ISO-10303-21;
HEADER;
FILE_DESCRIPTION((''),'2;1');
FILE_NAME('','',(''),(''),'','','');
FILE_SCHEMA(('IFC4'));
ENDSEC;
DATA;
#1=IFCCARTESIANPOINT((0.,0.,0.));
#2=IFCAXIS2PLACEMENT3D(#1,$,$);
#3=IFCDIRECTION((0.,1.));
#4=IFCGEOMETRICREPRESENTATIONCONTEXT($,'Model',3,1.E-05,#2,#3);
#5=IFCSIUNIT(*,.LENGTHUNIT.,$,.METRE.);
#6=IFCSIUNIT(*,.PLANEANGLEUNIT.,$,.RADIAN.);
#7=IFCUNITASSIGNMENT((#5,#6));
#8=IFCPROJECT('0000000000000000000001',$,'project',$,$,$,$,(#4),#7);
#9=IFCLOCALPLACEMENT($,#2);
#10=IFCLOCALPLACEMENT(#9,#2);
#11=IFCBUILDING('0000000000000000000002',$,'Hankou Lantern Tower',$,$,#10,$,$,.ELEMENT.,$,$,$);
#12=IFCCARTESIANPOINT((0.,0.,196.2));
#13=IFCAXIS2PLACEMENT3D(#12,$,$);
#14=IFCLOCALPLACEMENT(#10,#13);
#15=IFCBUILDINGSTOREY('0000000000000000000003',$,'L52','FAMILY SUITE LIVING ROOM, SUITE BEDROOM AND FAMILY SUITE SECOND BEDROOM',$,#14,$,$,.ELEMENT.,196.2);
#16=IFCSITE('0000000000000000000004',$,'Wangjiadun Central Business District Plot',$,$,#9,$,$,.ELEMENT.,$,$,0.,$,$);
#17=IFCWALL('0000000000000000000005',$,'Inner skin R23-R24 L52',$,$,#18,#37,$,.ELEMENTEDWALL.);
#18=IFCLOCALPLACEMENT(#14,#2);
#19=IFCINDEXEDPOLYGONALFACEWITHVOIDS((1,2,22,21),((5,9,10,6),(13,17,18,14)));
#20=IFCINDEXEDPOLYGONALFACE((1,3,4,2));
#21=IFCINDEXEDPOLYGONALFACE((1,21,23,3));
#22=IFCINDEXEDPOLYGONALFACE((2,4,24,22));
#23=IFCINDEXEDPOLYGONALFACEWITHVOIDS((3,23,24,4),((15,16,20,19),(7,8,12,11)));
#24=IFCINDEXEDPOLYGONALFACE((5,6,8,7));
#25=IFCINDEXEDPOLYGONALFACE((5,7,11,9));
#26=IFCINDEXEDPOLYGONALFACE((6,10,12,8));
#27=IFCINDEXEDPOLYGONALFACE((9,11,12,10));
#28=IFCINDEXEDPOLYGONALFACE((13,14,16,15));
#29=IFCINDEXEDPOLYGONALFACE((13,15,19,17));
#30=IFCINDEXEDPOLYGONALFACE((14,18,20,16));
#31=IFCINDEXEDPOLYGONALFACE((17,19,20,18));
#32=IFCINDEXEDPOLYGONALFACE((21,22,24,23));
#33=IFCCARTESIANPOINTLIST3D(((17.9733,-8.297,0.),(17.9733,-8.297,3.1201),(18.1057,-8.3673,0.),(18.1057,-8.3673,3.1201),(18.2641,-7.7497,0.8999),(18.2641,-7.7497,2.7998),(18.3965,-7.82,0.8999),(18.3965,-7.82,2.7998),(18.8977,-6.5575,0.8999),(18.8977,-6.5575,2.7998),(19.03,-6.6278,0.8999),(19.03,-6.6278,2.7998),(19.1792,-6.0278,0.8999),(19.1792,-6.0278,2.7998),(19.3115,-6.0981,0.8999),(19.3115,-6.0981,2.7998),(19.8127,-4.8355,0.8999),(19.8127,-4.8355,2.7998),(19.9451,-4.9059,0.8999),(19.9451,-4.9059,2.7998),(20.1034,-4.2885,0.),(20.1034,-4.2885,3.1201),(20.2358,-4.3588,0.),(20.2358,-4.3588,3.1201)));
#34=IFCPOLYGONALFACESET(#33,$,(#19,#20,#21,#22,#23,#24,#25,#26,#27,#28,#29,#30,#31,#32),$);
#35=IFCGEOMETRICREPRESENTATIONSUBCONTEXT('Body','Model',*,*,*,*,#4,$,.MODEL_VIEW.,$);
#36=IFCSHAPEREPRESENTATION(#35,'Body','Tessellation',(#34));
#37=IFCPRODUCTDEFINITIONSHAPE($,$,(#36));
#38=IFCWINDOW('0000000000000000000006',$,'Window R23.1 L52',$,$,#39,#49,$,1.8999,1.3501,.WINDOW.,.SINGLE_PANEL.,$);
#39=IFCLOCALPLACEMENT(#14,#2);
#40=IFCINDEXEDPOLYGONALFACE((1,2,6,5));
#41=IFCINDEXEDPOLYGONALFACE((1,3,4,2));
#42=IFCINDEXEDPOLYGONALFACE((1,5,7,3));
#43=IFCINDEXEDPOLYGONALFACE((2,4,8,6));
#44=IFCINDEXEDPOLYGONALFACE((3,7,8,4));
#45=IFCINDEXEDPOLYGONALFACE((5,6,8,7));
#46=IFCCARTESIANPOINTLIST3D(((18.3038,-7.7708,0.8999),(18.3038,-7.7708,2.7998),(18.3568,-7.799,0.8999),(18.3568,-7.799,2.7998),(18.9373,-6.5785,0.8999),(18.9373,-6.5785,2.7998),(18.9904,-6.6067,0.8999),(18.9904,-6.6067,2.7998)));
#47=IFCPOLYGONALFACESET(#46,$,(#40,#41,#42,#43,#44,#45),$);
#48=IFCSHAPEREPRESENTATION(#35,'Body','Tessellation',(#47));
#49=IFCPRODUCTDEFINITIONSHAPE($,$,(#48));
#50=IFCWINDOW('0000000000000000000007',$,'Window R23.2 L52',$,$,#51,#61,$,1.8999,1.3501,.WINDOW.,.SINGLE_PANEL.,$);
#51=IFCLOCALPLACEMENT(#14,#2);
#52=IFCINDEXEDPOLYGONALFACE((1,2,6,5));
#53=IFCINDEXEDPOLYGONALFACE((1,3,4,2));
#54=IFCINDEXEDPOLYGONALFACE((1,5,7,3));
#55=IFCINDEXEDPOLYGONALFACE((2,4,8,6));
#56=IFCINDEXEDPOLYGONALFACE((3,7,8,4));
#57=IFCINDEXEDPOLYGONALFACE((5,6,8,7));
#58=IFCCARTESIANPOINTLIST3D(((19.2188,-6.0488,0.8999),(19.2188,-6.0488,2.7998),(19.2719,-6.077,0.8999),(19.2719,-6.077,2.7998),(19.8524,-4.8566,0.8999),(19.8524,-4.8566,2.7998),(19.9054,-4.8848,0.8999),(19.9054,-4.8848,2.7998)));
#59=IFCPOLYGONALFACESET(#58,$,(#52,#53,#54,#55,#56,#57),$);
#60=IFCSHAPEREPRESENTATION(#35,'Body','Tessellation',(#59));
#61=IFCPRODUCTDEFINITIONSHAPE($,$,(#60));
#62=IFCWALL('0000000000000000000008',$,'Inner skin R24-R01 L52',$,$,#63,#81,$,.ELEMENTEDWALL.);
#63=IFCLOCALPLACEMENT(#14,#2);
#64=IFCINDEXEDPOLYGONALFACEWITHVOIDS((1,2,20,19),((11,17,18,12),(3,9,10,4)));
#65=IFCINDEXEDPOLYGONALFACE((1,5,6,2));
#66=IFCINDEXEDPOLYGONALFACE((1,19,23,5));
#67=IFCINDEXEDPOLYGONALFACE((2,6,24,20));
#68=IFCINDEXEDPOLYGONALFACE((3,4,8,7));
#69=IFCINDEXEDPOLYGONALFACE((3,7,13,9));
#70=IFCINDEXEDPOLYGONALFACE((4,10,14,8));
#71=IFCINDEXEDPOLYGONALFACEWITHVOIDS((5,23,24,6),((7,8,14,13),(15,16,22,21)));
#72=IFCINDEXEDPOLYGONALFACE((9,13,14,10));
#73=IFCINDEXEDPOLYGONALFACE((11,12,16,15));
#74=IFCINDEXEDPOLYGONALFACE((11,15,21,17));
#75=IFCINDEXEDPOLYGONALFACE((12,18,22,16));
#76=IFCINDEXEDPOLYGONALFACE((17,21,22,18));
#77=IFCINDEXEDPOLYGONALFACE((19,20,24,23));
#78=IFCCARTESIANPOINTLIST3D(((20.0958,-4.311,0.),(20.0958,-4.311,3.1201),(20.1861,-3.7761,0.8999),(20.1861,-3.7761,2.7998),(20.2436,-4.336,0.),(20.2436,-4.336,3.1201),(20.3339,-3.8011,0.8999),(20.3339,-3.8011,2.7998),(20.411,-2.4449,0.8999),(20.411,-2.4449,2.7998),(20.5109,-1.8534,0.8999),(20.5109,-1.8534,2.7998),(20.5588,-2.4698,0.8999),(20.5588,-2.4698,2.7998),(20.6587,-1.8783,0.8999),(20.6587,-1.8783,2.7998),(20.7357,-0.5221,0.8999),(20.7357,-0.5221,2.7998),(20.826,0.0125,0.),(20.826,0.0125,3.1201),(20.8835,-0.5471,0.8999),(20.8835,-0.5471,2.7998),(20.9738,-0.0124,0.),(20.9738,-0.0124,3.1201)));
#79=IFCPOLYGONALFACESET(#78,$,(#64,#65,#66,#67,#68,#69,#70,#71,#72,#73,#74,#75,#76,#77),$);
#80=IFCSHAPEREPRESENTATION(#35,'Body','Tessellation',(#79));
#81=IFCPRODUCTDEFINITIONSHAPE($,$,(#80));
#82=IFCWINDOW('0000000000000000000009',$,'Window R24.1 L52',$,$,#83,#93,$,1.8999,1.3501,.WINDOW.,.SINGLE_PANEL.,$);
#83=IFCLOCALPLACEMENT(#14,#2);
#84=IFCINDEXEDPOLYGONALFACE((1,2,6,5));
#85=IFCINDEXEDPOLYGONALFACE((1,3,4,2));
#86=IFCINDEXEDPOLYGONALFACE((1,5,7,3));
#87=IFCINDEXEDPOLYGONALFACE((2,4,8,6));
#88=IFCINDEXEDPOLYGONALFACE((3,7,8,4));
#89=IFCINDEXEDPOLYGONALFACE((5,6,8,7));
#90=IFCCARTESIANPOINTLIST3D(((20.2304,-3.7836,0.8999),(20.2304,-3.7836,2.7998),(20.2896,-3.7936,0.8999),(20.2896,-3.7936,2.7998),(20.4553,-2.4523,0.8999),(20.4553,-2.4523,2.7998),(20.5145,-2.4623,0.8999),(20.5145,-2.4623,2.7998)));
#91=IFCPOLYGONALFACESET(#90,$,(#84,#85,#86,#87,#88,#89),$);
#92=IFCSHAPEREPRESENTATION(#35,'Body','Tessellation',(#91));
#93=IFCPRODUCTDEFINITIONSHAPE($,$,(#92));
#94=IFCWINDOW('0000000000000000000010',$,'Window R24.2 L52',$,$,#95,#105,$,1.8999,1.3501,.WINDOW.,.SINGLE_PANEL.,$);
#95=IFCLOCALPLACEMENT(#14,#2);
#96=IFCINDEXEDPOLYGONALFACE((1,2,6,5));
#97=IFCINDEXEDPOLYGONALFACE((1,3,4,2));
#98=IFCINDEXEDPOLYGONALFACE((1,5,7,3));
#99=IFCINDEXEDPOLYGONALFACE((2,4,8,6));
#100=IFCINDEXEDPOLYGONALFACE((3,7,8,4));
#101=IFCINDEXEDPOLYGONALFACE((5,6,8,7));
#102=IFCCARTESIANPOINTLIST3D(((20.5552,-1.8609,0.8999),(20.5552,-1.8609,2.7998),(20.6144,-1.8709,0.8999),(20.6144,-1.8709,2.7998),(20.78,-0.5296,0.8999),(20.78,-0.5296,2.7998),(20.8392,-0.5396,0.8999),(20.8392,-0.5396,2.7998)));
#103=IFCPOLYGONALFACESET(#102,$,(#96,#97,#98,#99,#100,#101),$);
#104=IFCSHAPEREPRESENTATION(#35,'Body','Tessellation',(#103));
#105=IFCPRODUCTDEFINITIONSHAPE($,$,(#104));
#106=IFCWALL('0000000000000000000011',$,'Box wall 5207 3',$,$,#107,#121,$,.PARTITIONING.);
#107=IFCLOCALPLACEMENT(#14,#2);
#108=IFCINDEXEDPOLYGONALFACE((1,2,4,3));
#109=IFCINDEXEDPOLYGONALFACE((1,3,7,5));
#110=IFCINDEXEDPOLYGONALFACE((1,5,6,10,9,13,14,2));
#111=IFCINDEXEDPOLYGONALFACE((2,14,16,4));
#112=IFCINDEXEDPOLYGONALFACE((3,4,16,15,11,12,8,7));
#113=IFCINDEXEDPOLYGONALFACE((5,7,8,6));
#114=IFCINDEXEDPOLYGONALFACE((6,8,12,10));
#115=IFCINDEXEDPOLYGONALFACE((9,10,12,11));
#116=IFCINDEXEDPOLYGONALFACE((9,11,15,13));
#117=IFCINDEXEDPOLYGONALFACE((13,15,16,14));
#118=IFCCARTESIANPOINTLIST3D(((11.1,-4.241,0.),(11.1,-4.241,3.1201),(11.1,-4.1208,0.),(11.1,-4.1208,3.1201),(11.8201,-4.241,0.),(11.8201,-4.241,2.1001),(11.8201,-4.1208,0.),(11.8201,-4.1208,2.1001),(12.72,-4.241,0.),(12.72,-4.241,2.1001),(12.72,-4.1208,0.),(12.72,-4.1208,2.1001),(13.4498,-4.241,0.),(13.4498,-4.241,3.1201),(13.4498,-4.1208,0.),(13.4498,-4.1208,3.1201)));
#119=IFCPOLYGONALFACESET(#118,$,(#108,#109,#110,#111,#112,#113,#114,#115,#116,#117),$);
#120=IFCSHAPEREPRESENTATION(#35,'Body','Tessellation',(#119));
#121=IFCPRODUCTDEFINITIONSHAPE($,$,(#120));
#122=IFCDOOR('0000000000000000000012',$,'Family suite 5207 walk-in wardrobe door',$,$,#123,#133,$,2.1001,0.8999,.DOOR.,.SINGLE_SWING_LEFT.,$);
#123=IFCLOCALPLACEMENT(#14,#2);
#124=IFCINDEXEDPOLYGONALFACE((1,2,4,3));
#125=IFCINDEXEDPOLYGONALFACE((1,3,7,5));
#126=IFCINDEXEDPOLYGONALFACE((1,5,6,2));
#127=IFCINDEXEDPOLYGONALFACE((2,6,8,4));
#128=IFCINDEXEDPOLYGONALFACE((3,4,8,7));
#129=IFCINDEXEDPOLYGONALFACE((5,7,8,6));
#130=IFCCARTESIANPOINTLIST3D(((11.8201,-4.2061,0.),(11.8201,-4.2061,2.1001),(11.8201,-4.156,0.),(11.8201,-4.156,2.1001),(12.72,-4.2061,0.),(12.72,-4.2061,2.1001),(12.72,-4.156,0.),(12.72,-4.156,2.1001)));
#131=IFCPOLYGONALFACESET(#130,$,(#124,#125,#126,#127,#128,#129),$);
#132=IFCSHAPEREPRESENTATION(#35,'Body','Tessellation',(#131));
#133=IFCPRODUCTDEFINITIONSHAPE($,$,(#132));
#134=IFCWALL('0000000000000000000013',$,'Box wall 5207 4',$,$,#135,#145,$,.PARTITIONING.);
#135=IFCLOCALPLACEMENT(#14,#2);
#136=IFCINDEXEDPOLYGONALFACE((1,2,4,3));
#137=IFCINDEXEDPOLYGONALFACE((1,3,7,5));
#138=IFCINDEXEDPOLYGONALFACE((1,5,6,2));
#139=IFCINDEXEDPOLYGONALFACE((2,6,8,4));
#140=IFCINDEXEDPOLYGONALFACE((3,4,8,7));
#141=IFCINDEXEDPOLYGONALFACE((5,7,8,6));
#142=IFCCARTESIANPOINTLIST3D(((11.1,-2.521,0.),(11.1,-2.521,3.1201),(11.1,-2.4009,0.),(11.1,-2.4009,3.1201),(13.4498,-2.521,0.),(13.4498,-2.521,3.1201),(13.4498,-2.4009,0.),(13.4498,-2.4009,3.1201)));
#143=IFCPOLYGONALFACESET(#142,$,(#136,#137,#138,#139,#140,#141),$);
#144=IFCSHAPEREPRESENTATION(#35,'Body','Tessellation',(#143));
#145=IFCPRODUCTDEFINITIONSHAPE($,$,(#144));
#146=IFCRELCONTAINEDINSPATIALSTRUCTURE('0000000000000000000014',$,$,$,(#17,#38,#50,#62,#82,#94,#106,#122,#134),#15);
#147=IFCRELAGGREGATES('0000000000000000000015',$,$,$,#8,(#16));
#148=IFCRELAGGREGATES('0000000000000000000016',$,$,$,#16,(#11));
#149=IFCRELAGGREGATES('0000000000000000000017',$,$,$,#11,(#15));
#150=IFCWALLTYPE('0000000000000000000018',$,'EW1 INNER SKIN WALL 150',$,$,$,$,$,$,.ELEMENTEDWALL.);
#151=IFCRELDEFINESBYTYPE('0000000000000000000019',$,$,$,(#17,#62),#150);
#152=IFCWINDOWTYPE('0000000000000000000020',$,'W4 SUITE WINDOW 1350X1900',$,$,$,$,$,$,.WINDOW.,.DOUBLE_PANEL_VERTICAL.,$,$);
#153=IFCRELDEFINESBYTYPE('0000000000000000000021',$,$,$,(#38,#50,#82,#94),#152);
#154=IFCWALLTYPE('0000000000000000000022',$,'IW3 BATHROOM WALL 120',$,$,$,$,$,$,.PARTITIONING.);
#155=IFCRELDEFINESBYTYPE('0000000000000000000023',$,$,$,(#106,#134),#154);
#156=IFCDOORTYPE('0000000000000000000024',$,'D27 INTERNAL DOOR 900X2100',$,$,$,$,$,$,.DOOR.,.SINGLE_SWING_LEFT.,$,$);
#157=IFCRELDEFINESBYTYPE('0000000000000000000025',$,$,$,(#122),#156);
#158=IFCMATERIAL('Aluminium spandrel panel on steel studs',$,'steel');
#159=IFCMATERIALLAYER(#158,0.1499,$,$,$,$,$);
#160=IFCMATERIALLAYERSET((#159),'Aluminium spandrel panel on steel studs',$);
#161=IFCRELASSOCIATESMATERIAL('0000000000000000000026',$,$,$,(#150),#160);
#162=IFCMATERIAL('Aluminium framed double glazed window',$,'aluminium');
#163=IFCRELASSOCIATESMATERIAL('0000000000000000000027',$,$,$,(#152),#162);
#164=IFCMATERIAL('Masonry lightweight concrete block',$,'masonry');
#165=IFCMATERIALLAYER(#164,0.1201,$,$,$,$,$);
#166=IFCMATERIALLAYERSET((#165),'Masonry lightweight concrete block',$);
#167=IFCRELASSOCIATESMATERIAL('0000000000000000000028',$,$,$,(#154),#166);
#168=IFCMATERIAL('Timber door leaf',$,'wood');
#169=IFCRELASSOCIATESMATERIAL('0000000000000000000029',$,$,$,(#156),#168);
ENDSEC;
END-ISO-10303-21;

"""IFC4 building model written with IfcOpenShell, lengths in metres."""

from ifc_helpers import new_model, si_unit, direction, frame, frame_2d, origin, place, context, subcontext, project, spatial, rectangle, extrude, material, layer, layer_set, type_object, element, fill, save


model = new_model("IFC4")

# Units and contexts
model_context = context("Model", 3, precision=1e-05, world=origin(), true_north=direction((0.0, 1.0)))
body_context = subcontext(model_context, "Body", "Model", "MODEL_VIEW")
ifc_project = project(units=[si_unit("LENGTHUNIT", "METRE"), si_unit("PLANEANGLEUNIT", "RADIAN")], contexts=[model_context])

# Site, building, storey
site_placement = place(None, origin())
site = spatial("IfcSite", under=ifc_project, at=site_placement, Name="Wangjiadun Central Business District Plot", CompositionType="ELEMENT", RefElevation=0.0)
building_placement = place(site_placement, origin())
building = spatial("IfcBuilding", under=site, at=building_placement, Name="Hankou Lantern Tower", CompositionType="ELEMENT")
storey_placement = place(building_placement, frame((0.0, 0.0, 196.2)))
storey = spatial("IfcBuildingStorey", under=building, at=storey_placement, Name="L52", Description="FAMILY SUITE LIVING ROOM, SUITE BEDROOM AND FAMILY SUITE SECOND BEDROOM", CompositionType="ELEMENT", Elevation=196.2)

# Walls, openings, windows
ifc_material_1 = material(Name="Aluminium spandrel panel on steel studs", Category="steel")
ifc_layer_1 = layer(ifc_material_1, 0.1499)
ifc_layer_set_1 = layer_set([ifc_layer_1], Name="Aluminium spandrel panel on steel studs")
wall_type_1 = type_object("IfcWallType", Name="EW1 INNER SKIN WALL 150", PredefinedType="ELEMENTEDWALL", material=ifc_layer_set_1)
wall_1_placement = place(storey_placement, frame((18.0396, -8.332, 0.0), z_axis=(0.0, 0.0, 1.0), x_axis=(0.469256, 0.883062, 0.0)))
wall_1 = element("IfcWall", 1, at=wall_1_placement, inside=storey, type_object=wall_type_1, Name="Inner skin R23-R24 L52", PredefinedType="ELEMENTEDWALL", context=body_context, shape_type="SweptSolid", body=[
    extrude(rectangle(XDim=4.5393, YDim=0.1499, at=frame_2d((2.2695, 0.0))), origin(), (0.0, 0.0, 1.0), 3.1201),
])
opening_1_placement = place(wall_1_placement, frame((0.6196, 0.0, 0.8999)))
opening_1 = element("IfcOpeningElement", 2, at=opening_1_placement, cuts=wall_1, PredefinedType="OPENING", context=body_context, shape_type="SweptSolid", body=[
    extrude(rectangle(XDim=1.3501, YDim=1.8999, at=frame_2d((0.675, 0.95))), frame((0.0, 0.085, 0.0), z_axis=(0.0, -1.0, 0.0), x_axis=(1.0, 0.0, 0.0)), (0.0, 0.0, 1.0), 0.1699),
])
opening_2_placement = place(wall_1_placement, frame((2.5696, 0.0, 0.8999)))
opening_2 = element("IfcOpeningElement", 3, at=opening_2_placement, cuts=wall_1, PredefinedType="OPENING", context=body_context, shape_type="SweptSolid", body=[
    extrude(rectangle(XDim=1.3501, YDim=1.8999, at=frame_2d((0.675, 0.95))), frame((0.0, 0.085, 0.0), z_axis=(0.0, -1.0, 0.0), x_axis=(1.0, 0.0, 0.0)), (0.0, 0.0, 1.0), 0.1699),
])
ifc_material_2 = material(Name="Aluminium framed double glazed window", Category="aluminium")
window_type = type_object("IfcWindowType", Name="W4 SUITE WINDOW 1350X1900", PartitioningType="DOUBLE_PANEL_VERTICAL", PredefinedType="WINDOW", material=ifc_material_2)
window_1_placement = place(opening_1_placement, origin())
window_1 = element("IfcWindow", 4, at=window_1_placement, inside=storey, type_object=window_type, Name="Window R23.1 L52", OverallHeight=1.8999, OverallWidth=1.3501, PartitioningType="SINGLE_PANEL", PredefinedType="WINDOW", context=body_context, shape_type="SweptSolid", body=[
    extrude(rectangle(XDim=1.3501, YDim=1.8999, at=frame_2d((0.675, 0.95))), frame((0.0, 0.03, 0.0), z_axis=(0.0, -1.0, 0.0), x_axis=(1.0, 0.0, 0.0)), (0.0, 0.0, 1.0), 0.0601),
])
fill(opening_1, window_1)
window_2_placement = place(opening_2_placement, origin())
window_2 = element("IfcWindow", 5, at=window_2_placement, inside=storey, type_object=window_type, Name="Window R23.2 L52", OverallHeight=1.8999, OverallWidth=1.3501, PartitioningType="SINGLE_PANEL", PredefinedType="WINDOW", context=body_context, shape_type="SweptSolid", body=[
    extrude(rectangle(XDim=1.3501, YDim=1.8999, at=frame_2d((0.675, 0.95))), frame((0.0, 0.03, 0.0), z_axis=(0.0, -1.0, 0.0), x_axis=(1.0, 0.0, 0.0)), (0.0, 0.0, 1.0), 0.0601),
])
fill(opening_2, window_2)
wall_2_placement = place(storey_placement, frame((20.1697, -4.3235, 0.0), z_axis=(0.0, 0.0, 1.0), x_axis=(0.166539, 0.986035, 0.0)))
wall_2 = element("IfcWall", 6, at=wall_2_placement, inside=storey, type_object=wall_type_1, Name="Inner skin R24-R01 L52", PredefinedType="ELEMENTEDWALL", context=body_context, shape_type="SweptSolid", body=[
    extrude(rectangle(XDim=4.3848, YDim=0.1499, at=frame_2d((2.1924, 0.0))), origin(), (0.0, 0.0, 1.0), 3.1201),
])
opening_3_placement = place(wall_2_placement, frame((0.5425, 0.0, 0.8999)))
opening_3 = element("IfcOpeningElement", 7, at=opening_3_placement, cuts=wall_2, PredefinedType="OPENING", context=body_context, shape_type="SweptSolid", body=[
    extrude(rectangle(XDim=1.3501, YDim=1.8999, at=frame_2d((0.675, 0.95))), frame((0.0, 0.085, 0.0), z_axis=(0.0, -1.0, 0.0), x_axis=(1.0, 0.0, 0.0)), (0.0, 0.0, 1.0), 0.1699),
])
opening_4_placement = place(wall_2_placement, frame((2.4924, 0.0, 0.8999)))
opening_4 = element("IfcOpeningElement", 8, at=opening_4_placement, cuts=wall_2, PredefinedType="OPENING", context=body_context, shape_type="SweptSolid", body=[
    extrude(rectangle(XDim=1.3501, YDim=1.8999, at=frame_2d((0.675, 0.95))), frame((0.0, 0.085, 0.0), z_axis=(0.0, -1.0, 0.0), x_axis=(1.0, 0.0, 0.0)), (0.0, 0.0, 1.0), 0.1699),
])
window_3_placement = place(opening_3_placement, origin())
window_3 = element("IfcWindow", 9, at=window_3_placement, inside=storey, type_object=window_type, Name="Window R24.1 L52", OverallHeight=1.8999, OverallWidth=1.3501, PartitioningType="SINGLE_PANEL", PredefinedType="WINDOW", context=body_context, shape_type="SweptSolid", body=[
    extrude(rectangle(XDim=1.3501, YDim=1.8999, at=frame_2d((0.675, 0.95))), frame((0.0, 0.03, 0.0), z_axis=(0.0, -1.0, 0.0), x_axis=(1.0, 0.0, 0.0)), (0.0, 0.0, 1.0), 0.0601),
])
fill(opening_3, window_3)
window_4_placement = place(opening_4_placement, origin())
window_4 = element("IfcWindow", 10, at=window_4_placement, inside=storey, type_object=window_type, Name="Window R24.2 L52", OverallHeight=1.8999, OverallWidth=1.3501, PartitioningType="SINGLE_PANEL", PredefinedType="WINDOW", context=body_context, shape_type="SweptSolid", body=[
    extrude(rectangle(XDim=1.3501, YDim=1.8999, at=frame_2d((0.675, 0.95))), frame((0.0, 0.03, 0.0), z_axis=(0.0, -1.0, 0.0), x_axis=(1.0, 0.0, 0.0)), (0.0, 0.0, 1.0), 0.0601),
])
fill(opening_4, window_4)

# Wall, opening, door
ifc_material_3 = material(Name="Masonry lightweight concrete block", Category="masonry")
ifc_layer_2 = layer(ifc_material_3, 0.1201)
ifc_layer_set_2 = layer_set([ifc_layer_2], Name="Masonry lightweight concrete block")
wall_type_2 = type_object("IfcWallType", Name="IW3 BATHROOM WALL 120", PredefinedType="PARTITIONING", material=ifc_layer_set_2)
wall_3_placement = place(storey_placement, frame((11.1001, -4.1809, 0.0), z_axis=(0.0, 0.0, 1.0), x_axis=(1.0, 0.0, 0.0)))
wall_3 = element("IfcWall", 11, at=wall_3_placement, inside=storey, type_object=wall_type_2, Name="Box wall 5207 3", PredefinedType="PARTITIONING", context=body_context, shape_type="SweptSolid", body=[
    extrude(rectangle(XDim=2.3499, YDim=0.1201, at=frame_2d((1.1748, 0.0))), origin(), (0.0, 0.0, 1.0), 3.1201),
])
opening_5_placement = place(wall_3_placement, frame((0.72, 0.0, 0.0)))
opening_5 = element("IfcOpeningElement", 12, at=opening_5_placement, cuts=wall_3, PredefinedType="OPENING", context=body_context, shape_type="SweptSolid", body=[
    extrude(rectangle(XDim=0.8999, YDim=2.1001, at=frame_2d((0.45, 1.05))), frame((0.0, 0.0701, 0.0), z_axis=(0.0, -1.0, 0.0), x_axis=(1.0, 0.0, 0.0)), (0.0, 0.0, 1.0), 0.1401),
])
ifc_material_4 = material(Name="Timber door leaf", Category="wood")
door_type = type_object("IfcDoorType", Name="D27 INTERNAL DOOR 900X2100", OperationType="SINGLE_SWING_LEFT", PredefinedType="DOOR", material=ifc_material_4)
door_1_placement = place(opening_5_placement, origin())
door_1 = element("IfcDoor", 13, at=door_1_placement, inside=storey, type_object=door_type, Name="Family suite 5207 walk-in wardrobe door", OperationType="SINGLE_SWING_LEFT", OverallHeight=2.1001, OverallWidth=0.8999, PredefinedType="DOOR", context=body_context, shape_type="SweptSolid", body=[
    extrude(rectangle(XDim=0.8999, YDim=2.1001, at=frame_2d((0.45, 1.05))), frame((0.0, 0.0249, 0.0), z_axis=(0.0, -1.0, 0.0), x_axis=(1.0, 0.0, 0.0)), (0.0, 0.0, 1.0), 0.05),
])
fill(opening_5, door_1)

# Wall
wall_4_placement = place(storey_placement, frame((11.1001, -2.4609, 0.0), z_axis=(0.0, 0.0, 1.0), x_axis=(1.0, 0.0, 0.0)))
element("IfcWall", 14, at=wall_4_placement, inside=storey, type_object=wall_type_2, Name="Box wall 5207 4", PredefinedType="PARTITIONING", context=body_context, shape_type="SweptSolid", body=[
    extrude(rectangle(XDim=2.3499, YDim=0.1201, at=frame_2d((1.1748, 0.0))), origin(), (0.0, 0.0, 1.0), 3.1201),
])

save(model, "model.ifc")
